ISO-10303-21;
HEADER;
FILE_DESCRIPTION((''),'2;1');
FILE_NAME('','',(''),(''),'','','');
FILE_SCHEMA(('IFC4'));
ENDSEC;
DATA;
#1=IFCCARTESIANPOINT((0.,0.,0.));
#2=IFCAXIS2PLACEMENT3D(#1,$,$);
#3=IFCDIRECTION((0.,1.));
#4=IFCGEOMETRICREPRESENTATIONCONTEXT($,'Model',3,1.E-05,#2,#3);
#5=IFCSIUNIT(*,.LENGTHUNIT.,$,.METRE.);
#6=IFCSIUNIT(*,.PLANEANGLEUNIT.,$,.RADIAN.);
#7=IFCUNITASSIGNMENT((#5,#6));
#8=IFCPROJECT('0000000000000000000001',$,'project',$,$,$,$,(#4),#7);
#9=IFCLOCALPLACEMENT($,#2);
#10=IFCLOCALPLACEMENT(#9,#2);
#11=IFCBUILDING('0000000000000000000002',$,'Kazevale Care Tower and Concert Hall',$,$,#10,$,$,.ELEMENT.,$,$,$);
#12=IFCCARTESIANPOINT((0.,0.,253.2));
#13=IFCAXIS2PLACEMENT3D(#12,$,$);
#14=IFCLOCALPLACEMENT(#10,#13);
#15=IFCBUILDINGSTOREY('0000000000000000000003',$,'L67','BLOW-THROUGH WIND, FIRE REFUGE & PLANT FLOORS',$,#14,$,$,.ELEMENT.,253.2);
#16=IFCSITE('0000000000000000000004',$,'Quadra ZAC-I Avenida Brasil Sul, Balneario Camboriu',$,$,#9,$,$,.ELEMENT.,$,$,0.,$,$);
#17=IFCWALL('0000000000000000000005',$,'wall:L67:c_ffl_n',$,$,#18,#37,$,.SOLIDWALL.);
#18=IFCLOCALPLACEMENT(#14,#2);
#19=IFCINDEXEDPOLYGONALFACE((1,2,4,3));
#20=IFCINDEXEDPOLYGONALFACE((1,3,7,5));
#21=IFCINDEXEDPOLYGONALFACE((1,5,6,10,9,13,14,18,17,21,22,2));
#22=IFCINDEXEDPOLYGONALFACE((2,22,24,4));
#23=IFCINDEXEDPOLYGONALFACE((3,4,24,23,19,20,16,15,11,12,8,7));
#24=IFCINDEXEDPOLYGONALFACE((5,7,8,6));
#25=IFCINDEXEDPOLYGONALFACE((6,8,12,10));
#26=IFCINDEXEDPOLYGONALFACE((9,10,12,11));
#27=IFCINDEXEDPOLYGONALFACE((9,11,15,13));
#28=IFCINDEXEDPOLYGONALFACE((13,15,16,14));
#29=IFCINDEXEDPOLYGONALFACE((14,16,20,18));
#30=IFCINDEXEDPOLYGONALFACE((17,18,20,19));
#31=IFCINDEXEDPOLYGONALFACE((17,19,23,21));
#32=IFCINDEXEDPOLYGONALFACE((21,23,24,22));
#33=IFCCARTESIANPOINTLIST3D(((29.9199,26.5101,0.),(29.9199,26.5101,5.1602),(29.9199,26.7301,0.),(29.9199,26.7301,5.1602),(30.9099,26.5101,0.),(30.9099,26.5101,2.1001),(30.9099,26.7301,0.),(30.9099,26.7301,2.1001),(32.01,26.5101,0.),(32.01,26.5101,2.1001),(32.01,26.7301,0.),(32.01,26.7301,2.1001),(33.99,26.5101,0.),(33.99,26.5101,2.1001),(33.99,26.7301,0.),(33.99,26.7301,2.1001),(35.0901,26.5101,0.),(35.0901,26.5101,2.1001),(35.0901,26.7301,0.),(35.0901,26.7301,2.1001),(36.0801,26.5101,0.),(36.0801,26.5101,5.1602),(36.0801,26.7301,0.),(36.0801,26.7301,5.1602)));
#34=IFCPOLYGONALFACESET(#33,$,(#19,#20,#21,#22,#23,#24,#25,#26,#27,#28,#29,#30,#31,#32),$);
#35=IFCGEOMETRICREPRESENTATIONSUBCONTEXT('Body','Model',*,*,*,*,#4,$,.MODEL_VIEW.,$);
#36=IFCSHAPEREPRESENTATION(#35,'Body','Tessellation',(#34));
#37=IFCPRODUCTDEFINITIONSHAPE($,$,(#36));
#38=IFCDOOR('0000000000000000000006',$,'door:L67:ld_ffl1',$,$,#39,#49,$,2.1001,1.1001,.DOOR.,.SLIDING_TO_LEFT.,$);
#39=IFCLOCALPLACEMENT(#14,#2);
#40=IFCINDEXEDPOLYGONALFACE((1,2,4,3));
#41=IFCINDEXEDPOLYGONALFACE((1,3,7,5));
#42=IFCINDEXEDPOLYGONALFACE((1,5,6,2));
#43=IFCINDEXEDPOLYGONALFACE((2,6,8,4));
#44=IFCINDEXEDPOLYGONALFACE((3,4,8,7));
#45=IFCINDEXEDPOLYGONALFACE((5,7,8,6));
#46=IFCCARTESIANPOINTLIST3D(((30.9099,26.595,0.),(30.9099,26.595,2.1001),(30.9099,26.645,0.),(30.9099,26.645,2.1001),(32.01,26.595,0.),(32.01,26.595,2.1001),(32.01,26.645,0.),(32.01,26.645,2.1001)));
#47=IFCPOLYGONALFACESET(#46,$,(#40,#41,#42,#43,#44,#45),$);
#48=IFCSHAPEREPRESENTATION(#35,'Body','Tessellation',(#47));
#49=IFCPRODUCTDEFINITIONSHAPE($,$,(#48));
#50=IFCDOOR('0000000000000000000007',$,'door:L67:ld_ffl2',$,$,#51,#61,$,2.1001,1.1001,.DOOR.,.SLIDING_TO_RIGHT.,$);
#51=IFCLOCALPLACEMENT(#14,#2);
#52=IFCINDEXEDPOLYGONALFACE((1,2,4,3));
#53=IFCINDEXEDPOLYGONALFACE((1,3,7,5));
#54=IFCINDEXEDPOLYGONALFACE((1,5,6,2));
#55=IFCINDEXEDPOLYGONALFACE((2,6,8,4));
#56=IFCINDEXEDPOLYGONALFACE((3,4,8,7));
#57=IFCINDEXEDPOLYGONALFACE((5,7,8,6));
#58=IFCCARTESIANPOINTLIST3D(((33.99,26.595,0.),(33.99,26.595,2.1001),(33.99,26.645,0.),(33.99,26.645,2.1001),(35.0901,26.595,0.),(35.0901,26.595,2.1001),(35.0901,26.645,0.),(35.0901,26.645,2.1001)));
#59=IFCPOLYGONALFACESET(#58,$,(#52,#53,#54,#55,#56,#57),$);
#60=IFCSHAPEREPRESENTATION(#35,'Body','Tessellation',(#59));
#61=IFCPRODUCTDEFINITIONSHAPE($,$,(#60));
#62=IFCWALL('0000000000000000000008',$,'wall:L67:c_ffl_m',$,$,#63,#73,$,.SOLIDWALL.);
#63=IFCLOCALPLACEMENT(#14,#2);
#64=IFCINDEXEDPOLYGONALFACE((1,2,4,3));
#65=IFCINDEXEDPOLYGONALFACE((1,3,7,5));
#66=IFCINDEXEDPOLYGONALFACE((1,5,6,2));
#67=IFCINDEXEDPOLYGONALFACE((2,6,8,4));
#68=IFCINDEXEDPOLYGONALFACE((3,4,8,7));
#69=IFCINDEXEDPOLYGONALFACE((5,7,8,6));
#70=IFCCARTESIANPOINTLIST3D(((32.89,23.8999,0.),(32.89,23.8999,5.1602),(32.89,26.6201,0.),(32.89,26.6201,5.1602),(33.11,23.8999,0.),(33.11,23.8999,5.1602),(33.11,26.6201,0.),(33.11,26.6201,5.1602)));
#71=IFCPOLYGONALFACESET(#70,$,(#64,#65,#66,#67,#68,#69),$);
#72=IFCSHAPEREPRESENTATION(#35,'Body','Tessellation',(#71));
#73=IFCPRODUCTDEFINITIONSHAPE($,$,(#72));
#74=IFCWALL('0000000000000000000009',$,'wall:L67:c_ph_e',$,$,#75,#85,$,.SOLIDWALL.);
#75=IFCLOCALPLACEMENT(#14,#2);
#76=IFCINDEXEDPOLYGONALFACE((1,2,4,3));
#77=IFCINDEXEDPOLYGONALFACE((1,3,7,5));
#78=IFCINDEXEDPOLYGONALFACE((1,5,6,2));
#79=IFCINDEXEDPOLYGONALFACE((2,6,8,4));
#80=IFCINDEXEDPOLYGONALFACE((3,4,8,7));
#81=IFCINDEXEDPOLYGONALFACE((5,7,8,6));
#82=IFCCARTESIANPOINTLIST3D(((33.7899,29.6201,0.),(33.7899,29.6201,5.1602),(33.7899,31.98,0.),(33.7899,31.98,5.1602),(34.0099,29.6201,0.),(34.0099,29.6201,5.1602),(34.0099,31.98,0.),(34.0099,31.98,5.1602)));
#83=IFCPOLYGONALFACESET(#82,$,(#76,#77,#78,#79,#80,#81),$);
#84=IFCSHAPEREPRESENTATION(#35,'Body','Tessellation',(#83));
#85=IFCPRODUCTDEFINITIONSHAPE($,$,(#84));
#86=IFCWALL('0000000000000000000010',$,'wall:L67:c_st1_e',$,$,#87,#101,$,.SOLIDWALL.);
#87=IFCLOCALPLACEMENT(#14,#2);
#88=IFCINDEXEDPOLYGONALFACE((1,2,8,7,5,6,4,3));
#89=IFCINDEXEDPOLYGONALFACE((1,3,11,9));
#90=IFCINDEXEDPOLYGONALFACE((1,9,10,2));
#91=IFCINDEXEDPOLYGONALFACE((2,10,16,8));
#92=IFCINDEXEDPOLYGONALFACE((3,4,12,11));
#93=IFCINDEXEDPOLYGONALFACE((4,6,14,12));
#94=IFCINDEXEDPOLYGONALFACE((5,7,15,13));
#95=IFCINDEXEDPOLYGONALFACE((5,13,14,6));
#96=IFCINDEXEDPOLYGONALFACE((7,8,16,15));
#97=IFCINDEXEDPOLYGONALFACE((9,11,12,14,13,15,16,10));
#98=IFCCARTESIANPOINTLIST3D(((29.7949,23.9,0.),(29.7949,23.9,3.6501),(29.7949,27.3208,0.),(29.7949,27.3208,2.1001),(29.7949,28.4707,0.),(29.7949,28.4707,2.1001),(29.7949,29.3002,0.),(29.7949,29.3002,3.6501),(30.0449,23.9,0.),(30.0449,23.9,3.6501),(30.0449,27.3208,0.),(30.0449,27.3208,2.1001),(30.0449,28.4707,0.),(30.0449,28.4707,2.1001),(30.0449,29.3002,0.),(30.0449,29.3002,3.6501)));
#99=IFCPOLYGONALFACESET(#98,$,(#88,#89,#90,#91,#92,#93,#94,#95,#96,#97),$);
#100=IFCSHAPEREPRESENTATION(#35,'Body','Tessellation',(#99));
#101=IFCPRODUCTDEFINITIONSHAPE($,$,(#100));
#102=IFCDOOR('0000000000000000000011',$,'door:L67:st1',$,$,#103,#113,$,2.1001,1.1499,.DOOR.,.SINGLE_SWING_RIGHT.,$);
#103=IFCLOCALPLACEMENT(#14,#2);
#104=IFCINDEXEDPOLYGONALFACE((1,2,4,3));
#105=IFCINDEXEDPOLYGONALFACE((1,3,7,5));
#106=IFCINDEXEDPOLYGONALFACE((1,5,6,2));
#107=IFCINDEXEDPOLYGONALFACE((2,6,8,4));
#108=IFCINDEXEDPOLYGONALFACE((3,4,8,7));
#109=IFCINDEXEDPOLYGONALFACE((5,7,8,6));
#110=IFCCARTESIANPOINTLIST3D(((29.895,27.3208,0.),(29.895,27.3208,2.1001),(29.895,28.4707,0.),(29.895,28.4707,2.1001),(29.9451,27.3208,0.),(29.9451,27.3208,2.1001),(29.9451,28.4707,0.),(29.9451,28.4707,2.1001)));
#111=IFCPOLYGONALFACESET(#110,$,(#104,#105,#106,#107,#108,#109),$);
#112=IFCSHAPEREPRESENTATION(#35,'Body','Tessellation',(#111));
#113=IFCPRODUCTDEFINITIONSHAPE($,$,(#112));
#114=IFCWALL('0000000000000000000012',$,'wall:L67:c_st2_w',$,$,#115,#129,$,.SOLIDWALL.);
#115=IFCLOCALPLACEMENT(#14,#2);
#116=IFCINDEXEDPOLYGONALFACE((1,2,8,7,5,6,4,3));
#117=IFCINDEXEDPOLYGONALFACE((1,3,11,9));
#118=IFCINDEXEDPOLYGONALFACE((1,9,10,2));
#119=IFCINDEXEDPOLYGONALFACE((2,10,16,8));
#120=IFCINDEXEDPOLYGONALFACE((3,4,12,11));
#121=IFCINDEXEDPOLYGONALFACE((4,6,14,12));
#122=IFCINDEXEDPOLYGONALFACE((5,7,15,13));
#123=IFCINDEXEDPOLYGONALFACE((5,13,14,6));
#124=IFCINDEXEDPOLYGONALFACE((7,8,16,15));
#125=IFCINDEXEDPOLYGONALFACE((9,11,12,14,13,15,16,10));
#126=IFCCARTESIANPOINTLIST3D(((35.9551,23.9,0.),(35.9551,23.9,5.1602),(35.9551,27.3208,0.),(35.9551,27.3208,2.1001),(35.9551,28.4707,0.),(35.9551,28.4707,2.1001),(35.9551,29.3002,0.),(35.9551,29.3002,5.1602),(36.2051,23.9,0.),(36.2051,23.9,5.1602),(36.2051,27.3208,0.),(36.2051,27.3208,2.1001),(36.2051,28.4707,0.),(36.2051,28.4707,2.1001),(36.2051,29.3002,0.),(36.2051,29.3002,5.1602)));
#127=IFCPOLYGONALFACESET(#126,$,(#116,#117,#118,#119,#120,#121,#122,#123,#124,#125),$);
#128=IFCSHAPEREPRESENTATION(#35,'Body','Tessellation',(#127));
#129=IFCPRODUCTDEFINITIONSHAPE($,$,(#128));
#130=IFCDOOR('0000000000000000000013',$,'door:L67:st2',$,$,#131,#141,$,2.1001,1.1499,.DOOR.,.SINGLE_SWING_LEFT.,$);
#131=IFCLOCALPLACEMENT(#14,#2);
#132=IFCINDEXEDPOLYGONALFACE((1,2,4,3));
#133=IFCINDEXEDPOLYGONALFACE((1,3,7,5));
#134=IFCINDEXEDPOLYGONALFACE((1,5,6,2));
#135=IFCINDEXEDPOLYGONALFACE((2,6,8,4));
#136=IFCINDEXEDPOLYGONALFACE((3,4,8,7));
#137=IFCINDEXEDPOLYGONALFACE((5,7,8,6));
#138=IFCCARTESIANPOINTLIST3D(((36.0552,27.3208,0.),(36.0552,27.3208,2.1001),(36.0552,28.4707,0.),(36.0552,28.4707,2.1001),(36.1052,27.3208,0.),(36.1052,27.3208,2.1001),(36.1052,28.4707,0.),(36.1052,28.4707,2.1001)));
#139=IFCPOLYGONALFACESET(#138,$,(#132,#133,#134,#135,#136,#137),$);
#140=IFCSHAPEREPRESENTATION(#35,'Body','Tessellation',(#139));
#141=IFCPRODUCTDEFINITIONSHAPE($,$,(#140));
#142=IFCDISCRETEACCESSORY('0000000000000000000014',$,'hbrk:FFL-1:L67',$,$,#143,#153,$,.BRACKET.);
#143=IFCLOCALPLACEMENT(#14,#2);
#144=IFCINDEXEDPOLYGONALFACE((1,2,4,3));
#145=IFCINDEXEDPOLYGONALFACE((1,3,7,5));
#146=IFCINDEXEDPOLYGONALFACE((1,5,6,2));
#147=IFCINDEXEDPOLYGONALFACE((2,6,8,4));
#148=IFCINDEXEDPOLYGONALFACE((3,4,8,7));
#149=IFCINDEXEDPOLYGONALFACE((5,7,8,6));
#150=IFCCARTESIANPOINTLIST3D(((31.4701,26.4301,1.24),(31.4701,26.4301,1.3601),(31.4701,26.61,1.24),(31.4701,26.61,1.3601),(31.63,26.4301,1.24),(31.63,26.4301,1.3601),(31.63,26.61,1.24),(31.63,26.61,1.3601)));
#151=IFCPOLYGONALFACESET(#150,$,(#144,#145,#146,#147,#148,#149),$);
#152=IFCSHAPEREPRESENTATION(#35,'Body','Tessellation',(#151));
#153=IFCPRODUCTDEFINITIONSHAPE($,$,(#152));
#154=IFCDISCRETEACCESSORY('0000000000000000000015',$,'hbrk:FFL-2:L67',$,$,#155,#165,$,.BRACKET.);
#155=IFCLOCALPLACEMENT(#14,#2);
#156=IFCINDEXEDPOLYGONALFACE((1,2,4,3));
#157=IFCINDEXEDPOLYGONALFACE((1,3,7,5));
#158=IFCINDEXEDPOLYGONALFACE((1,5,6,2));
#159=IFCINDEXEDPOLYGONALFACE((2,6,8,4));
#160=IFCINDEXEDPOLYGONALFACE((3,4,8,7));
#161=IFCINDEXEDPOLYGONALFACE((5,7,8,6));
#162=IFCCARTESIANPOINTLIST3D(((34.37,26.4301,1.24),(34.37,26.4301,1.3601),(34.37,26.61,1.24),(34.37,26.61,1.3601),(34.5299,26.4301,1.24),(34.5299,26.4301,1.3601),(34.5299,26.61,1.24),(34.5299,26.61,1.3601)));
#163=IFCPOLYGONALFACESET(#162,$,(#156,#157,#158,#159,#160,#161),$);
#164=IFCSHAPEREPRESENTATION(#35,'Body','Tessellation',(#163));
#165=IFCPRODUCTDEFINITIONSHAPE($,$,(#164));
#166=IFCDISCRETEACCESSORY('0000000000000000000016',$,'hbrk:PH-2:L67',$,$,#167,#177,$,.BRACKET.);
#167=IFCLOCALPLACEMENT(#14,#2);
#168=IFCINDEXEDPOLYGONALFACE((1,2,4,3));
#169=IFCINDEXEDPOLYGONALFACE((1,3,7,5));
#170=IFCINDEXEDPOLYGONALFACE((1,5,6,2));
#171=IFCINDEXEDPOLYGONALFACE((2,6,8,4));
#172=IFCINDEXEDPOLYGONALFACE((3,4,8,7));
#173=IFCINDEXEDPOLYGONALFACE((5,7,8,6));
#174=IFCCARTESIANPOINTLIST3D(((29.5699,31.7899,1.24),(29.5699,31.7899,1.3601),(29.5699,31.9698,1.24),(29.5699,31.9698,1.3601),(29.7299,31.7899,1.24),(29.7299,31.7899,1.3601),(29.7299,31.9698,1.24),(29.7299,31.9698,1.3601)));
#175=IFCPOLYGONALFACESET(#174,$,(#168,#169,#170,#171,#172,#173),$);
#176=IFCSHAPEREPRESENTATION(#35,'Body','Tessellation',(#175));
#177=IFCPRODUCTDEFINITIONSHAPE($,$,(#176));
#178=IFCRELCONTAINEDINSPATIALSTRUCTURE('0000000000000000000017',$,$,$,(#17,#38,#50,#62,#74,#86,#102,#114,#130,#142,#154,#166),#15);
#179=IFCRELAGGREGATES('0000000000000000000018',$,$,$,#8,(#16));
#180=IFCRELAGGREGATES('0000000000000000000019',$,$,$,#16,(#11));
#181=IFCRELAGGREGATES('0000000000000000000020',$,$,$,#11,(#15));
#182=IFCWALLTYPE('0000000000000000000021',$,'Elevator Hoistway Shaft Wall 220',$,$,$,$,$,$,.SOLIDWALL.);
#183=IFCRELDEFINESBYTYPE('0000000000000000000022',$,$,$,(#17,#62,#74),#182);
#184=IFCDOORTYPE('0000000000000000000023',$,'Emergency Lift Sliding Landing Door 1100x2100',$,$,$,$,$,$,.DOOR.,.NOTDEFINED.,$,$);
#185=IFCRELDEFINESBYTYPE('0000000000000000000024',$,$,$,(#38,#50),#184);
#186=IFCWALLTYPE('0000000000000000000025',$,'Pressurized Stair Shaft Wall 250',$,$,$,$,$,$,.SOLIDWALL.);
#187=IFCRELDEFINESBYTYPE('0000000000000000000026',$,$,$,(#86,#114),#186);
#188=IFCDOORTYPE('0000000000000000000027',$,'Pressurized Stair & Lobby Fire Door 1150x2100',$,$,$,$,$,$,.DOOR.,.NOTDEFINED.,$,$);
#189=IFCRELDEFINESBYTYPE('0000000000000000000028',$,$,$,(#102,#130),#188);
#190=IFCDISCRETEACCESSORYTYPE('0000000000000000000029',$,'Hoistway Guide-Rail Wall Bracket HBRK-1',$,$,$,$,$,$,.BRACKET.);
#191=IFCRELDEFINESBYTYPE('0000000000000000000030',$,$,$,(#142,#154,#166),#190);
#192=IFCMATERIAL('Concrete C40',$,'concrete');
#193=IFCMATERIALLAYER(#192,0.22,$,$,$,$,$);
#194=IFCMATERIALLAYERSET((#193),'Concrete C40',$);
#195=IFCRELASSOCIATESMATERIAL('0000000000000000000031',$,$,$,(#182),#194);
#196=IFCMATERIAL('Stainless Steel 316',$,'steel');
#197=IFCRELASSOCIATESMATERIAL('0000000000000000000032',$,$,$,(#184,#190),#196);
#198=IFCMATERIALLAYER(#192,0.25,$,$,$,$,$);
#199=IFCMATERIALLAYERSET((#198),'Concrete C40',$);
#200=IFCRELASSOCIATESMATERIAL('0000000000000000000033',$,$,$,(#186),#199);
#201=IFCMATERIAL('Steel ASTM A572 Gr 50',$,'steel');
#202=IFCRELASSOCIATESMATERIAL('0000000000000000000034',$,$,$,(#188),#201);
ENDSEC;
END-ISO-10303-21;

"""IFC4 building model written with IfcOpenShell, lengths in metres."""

from ifc_helpers import new_model, si_unit, direction, frame, frame_2d, origin, origin_2d, place, context, subcontext, project, spatial, rectangle, extrude, material, layer, layer_set, type_object, element, fill, save


model = new_model("IFC4")

# Units and contexts
model_context = context("Model", 3, precision=1e-05, world=origin(), true_north=direction((0.0, 1.0)))
body_context = subcontext(model_context, "Body", "Model", "MODEL_VIEW")
ifc_project = project(units=[si_unit("LENGTHUNIT", "METRE"), si_unit("PLANEANGLEUNIT", "RADIAN")], contexts=[model_context])

# Site, building, storey
site_placement = place(None, origin())
site = spatial("IfcSite", under=ifc_project, at=site_placement, Name="Quadra ZAC-I Avenida Brasil Sul, Balneario Camboriu", CompositionType="ELEMENT", RefElevation=0.0)
building_placement = place(site_placement, origin())
building = spatial("IfcBuilding", under=site, at=building_placement, Name="Kazevale Care Tower and Concert Hall", CompositionType="ELEMENT")
storey_placement = place(building_placement, frame((0.0, 0.0, 253.2)))
storey = spatial("IfcBuildingStorey", under=building, at=storey_placement, Name="L67", Description="BLOW-THROUGH WIND, FIRE REFUGE & PLANT FLOORS", CompositionType="ELEMENT", Elevation=253.2)

# Shared definitions
ifc_material_1 = material(Name="Steel ASTM A572 Gr 50", Category="steel")

# Wall, openings, doors
ifc_material_2 = material(Name="Concrete C40", Category="concrete")
ifc_layer_1 = layer(ifc_material_2, 0.22)
ifc_layer_set_1 = layer_set([ifc_layer_1], Name="Concrete C40")
wall_type_1 = type_object("IfcWallType", Name="Elevator Hoistway Shaft Wall 220", PredefinedType="SOLIDWALL", material=ifc_layer_set_1)
wall_1_placement = place(storey_placement, frame((29.9199, 26.6201, 0.0), z_axis=(0.0, 0.0, 1.0), x_axis=(1.0, 0.0, 0.0)))
wall_1 = element("IfcWall", 1, at=wall_1_placement, inside=storey, type_object=wall_type_1, Name="wall:L67:c_ffl_n", PredefinedType="SOLIDWALL", context=body_context, shape_type="SweptSolid", body=[
    extrude(rectangle(XDim=6.1602, YDim=0.22, at=frame_2d((3.0801, 0.0))), origin(), (0.0, 0.0, 1.0), 5.1602),
])
opening_1_placement = place(wall_1_placement, frame((0.99, 0.0, 0.0)))
opening_1 = element("IfcOpeningElement", 2, at=opening_1_placement, cuts=wall_1, PredefinedType="OPENING", context=body_context, shape_type="SweptSolid", body=[
    extrude(rectangle(XDim=1.1001, YDim=2.1001, at=frame_2d((0.55, 1.05))), frame((0.0, 0.1199, 0.0), z_axis=(0.0, -1.0, 0.0), x_axis=(1.0, 0.0, 0.0)), (0.0, 0.0, 1.0), 0.24),
])
opening_2_placement = place(wall_1_placement, frame((4.0701, 0.0, 0.0)))
opening_2 = element("IfcOpeningElement", 3, at=opening_2_placement, cuts=wall_1, PredefinedType="OPENING", context=body_context, shape_type="SweptSolid", body=[
    extrude(rectangle(XDim=1.1001, YDim=2.1001, at=frame_2d((0.55, 1.05))), frame((0.0, 0.1199, 0.0), z_axis=(0.0, -1.0, 0.0), x_axis=(1.0, 0.0, 0.0)), (0.0, 0.0, 1.0), 0.24),
])
ifc_material_3 = material(Name="Stainless Steel 316", Category="steel")
door_type_1 = type_object("IfcDoorType", Name="Emergency Lift Sliding Landing Door 1100x2100", OperationType="NOTDEFINED", PredefinedType="DOOR", material=ifc_material_3)
door_1_placement = place(opening_1_placement, origin())
door_1 = element("IfcDoor", 4, at=door_1_placement, inside=storey, type_object=door_type_1, Name="door:L67:ld_ffl1", OperationType="SLIDING_TO_LEFT", OverallHeight=2.1001, OverallWidth=1.1001, PredefinedType="DOOR", context=body_context, shape_type="SweptSolid", body=[
    extrude(rectangle(XDim=1.1001, YDim=2.1001, at=frame_2d((0.55, 1.05))), frame((0.0, 0.0249, 0.0), z_axis=(0.0, -1.0, 0.0), x_axis=(1.0, 0.0, 0.0)), (0.0, 0.0, 1.0), 0.05),
])
fill(opening_1, door_1)
door_2_placement = place(opening_2_placement, origin())
door_2 = element("IfcDoor", 5, at=door_2_placement, inside=storey, type_object=door_type_1, Name="door:L67:ld_ffl2", OperationType="SLIDING_TO_RIGHT", OverallHeight=2.1001, OverallWidth=1.1001, PredefinedType="DOOR", context=body_context, shape_type="SweptSolid", body=[
    extrude(rectangle(XDim=1.1001, YDim=2.1001, at=frame_2d((0.55, 1.05))), frame((0.0, 0.0249, 0.0), z_axis=(0.0, -1.0, 0.0), x_axis=(1.0, 0.0, 0.0)), (0.0, 0.0, 1.0), 0.05),
])
fill(opening_2, door_2)

# Walls
wall_2_placement = place(storey_placement, frame((33.0, 23.8999, 0.0), z_axis=(0.0, 0.0, 1.0), x_axis=(0.0, 1.0, 0.0)))
element("IfcWall", 6, at=wall_2_placement, inside=storey, type_object=wall_type_1, Name="wall:L67:c_ffl_m", PredefinedType="SOLIDWALL", context=body_context, shape_type="SweptSolid", body=[
    extrude(rectangle(XDim=2.7202, YDim=0.22, at=frame_2d((1.3601, 0.0))), origin(), (0.0, 0.0, 1.0), 5.1602),
])
wall_3_placement = place(storey_placement, frame((33.8999, 29.6201, 0.0), z_axis=(0.0, 0.0, 1.0), x_axis=(0.0, 1.0, 0.0)))
element("IfcWall", 7, at=wall_3_placement, inside=storey, type_object=wall_type_1, Name="wall:L67:c_ph_e", PredefinedType="SOLIDWALL", context=body_context, shape_type="SweptSolid", body=[
    extrude(rectangle(XDim=2.3599, YDim=0.22, at=frame_2d((1.1799, 0.0))), origin(), (0.0, 0.0, 1.0), 5.1602),
])

# Walls, openings, doors
ifc_layer_2 = layer(ifc_material_2, 0.25)
ifc_layer_set_2 = layer_set([ifc_layer_2], Name="Concrete C40")
wall_type_2 = type_object("IfcWallType", Name="Pressurized Stair Shaft Wall 250", PredefinedType="SOLIDWALL", material=ifc_layer_set_2)
wall_4_placement = place(storey_placement, frame((29.9199, 23.8999, 0.0), z_axis=(0.0, 0.0, 1.0), x_axis=(0.0, 1.0, 0.0)))
wall_4 = element("IfcWall", 8, at=wall_4_placement, inside=storey, type_object=wall_type_2, Name="wall:L67:c_st1_e", PredefinedType="SOLIDWALL", context=body_context, shape_type="SweptSolid", body=[
    extrude(rectangle(XDim=5.4001, YDim=0.25, at=frame_2d((2.7002, 0.0))), origin(), (0.0, 0.0, 1.0), 3.6501),
])
opening_3_placement = place(wall_4_placement, frame((3.4209, 0.0, 0.0)))
opening_3 = element("IfcOpeningElement", 9, at=opening_3_placement, cuts=wall_4, PredefinedType="OPENING", context=body_context, shape_type="SweptSolid", body=[
    extrude(rectangle(XDim=1.1499, YDim=2.1001, at=frame_2d((0.575, 1.05))), frame((0.0, 0.135, 0.0), z_axis=(0.0, -1.0, 0.0), x_axis=(1.0, 0.0, 0.0)), (0.0, 0.0, 1.0), 0.27),
])
door_type_2 = type_object("IfcDoorType", Name="Pressurized Stair & Lobby Fire Door 1150x2100", OperationType="NOTDEFINED", PredefinedType="DOOR", material=ifc_material_1)
door_3_placement = place(opening_3_placement, origin())
door_3 = element("IfcDoor", 10, at=door_3_placement, inside=storey, type_object=door_type_2, Name="door:L67:st1", OperationType="SINGLE_SWING_RIGHT", OverallHeight=2.1001, OverallWidth=1.1499, PredefinedType="DOOR", context=body_context, shape_type="SweptSolid", body=[
    extrude(rectangle(XDim=1.1499, YDim=2.1001, at=frame_2d((0.575, 1.05))), frame((0.0, 0.0249, 0.0), z_axis=(0.0, -1.0, 0.0), x_axis=(1.0, 0.0, 0.0)), (0.0, 0.0, 1.0), 0.05),
])
fill(opening_3, door_3)
wall_5_placement = place(storey_placement, frame((36.0801, 23.8999, 0.0), z_axis=(0.0, 0.0, 1.0), x_axis=(0.0, 1.0, 0.0)))
wall_5 = element("IfcWall", 11, at=wall_5_placement, inside=storey, type_object=wall_type_2, Name="wall:L67:c_st2_w", PredefinedType="SOLIDWALL", context=body_context, shape_type="SweptSolid", body=[
    extrude(rectangle(XDim=5.4001, YDim=0.25, at=frame_2d((2.7002, 0.0))), origin(), (0.0, 0.0, 1.0), 5.1602),
])
opening_4_placement = place(wall_5_placement, frame((3.4209, 0.0, 0.0)))
opening_4 = element("IfcOpeningElement", 12, at=opening_4_placement, cuts=wall_5, PredefinedType="OPENING", context=body_context, shape_type="SweptSolid", body=[
    extrude(rectangle(XDim=1.1499, YDim=2.1001, at=frame_2d((0.575, 1.05))), frame((0.0, 0.135, 0.0), z_axis=(0.0, -1.0, 0.0), x_axis=(1.0, 0.0, 0.0)), (0.0, 0.0, 1.0), 0.27),
])
door_4_placement = place(opening_4_placement, origin())
door_4 = element("IfcDoor", 13, at=door_4_placement, inside=storey, type_object=door_type_2, Name="door:L67:st2", OperationType="SINGLE_SWING_LEFT", OverallHeight=2.1001, OverallWidth=1.1499, PredefinedType="DOOR", context=body_context, shape_type="SweptSolid", body=[
    extrude(rectangle(XDim=1.1499, YDim=2.1001, at=frame_2d((0.575, 1.05))), frame((0.0, 0.0249, 0.0), z_axis=(0.0, -1.0, 0.0), x_axis=(1.0, 0.0, 0.0)), (0.0, 0.0, 1.0), 0.05),
])
fill(opening_4, door_4)

# Discrete accessories
discrete_accessory_type = type_object("IfcDiscreteAccessoryType", Name="Hoistway Guide-Rail Wall Bracket HBRK-1", PredefinedType="BRACKET", material=ifc_material_3)
for number, where, z_axis, x_axis, name in (
    (14, (31.55, 26.52, 1.24), (0.0, 0.0, 1.0), (1.0, 0.0, 0.0), "hbrk:FFL-1:L67"),
    (15, (34.45, 26.52, 1.24), (0.0, 0.0, 1.0), (1.0, 0.0, 0.0), "hbrk:FFL-2:L67"),
    (16, (29.6499, 31.8799, 1.24), (0.0, 0.0, 1.0), (1.0, 0.0, 0.0), "hbrk:PH-2:L67"),
):
    element("IfcDiscreteAccessory", number, at=place(storey_placement, frame(where, z_axis=z_axis, x_axis=x_axis)), inside=storey, type_object=discrete_accessory_type, Name=name, PredefinedType="BRACKET", context=body_context, shape_type="SweptSolid", body=[
        extrude(rectangle(XDim=0.1599, YDim=0.1799, at=origin_2d()), origin(), (0.0, 0.0, 1.0), 0.1201),
    ])

save(model, "model.ifc")
